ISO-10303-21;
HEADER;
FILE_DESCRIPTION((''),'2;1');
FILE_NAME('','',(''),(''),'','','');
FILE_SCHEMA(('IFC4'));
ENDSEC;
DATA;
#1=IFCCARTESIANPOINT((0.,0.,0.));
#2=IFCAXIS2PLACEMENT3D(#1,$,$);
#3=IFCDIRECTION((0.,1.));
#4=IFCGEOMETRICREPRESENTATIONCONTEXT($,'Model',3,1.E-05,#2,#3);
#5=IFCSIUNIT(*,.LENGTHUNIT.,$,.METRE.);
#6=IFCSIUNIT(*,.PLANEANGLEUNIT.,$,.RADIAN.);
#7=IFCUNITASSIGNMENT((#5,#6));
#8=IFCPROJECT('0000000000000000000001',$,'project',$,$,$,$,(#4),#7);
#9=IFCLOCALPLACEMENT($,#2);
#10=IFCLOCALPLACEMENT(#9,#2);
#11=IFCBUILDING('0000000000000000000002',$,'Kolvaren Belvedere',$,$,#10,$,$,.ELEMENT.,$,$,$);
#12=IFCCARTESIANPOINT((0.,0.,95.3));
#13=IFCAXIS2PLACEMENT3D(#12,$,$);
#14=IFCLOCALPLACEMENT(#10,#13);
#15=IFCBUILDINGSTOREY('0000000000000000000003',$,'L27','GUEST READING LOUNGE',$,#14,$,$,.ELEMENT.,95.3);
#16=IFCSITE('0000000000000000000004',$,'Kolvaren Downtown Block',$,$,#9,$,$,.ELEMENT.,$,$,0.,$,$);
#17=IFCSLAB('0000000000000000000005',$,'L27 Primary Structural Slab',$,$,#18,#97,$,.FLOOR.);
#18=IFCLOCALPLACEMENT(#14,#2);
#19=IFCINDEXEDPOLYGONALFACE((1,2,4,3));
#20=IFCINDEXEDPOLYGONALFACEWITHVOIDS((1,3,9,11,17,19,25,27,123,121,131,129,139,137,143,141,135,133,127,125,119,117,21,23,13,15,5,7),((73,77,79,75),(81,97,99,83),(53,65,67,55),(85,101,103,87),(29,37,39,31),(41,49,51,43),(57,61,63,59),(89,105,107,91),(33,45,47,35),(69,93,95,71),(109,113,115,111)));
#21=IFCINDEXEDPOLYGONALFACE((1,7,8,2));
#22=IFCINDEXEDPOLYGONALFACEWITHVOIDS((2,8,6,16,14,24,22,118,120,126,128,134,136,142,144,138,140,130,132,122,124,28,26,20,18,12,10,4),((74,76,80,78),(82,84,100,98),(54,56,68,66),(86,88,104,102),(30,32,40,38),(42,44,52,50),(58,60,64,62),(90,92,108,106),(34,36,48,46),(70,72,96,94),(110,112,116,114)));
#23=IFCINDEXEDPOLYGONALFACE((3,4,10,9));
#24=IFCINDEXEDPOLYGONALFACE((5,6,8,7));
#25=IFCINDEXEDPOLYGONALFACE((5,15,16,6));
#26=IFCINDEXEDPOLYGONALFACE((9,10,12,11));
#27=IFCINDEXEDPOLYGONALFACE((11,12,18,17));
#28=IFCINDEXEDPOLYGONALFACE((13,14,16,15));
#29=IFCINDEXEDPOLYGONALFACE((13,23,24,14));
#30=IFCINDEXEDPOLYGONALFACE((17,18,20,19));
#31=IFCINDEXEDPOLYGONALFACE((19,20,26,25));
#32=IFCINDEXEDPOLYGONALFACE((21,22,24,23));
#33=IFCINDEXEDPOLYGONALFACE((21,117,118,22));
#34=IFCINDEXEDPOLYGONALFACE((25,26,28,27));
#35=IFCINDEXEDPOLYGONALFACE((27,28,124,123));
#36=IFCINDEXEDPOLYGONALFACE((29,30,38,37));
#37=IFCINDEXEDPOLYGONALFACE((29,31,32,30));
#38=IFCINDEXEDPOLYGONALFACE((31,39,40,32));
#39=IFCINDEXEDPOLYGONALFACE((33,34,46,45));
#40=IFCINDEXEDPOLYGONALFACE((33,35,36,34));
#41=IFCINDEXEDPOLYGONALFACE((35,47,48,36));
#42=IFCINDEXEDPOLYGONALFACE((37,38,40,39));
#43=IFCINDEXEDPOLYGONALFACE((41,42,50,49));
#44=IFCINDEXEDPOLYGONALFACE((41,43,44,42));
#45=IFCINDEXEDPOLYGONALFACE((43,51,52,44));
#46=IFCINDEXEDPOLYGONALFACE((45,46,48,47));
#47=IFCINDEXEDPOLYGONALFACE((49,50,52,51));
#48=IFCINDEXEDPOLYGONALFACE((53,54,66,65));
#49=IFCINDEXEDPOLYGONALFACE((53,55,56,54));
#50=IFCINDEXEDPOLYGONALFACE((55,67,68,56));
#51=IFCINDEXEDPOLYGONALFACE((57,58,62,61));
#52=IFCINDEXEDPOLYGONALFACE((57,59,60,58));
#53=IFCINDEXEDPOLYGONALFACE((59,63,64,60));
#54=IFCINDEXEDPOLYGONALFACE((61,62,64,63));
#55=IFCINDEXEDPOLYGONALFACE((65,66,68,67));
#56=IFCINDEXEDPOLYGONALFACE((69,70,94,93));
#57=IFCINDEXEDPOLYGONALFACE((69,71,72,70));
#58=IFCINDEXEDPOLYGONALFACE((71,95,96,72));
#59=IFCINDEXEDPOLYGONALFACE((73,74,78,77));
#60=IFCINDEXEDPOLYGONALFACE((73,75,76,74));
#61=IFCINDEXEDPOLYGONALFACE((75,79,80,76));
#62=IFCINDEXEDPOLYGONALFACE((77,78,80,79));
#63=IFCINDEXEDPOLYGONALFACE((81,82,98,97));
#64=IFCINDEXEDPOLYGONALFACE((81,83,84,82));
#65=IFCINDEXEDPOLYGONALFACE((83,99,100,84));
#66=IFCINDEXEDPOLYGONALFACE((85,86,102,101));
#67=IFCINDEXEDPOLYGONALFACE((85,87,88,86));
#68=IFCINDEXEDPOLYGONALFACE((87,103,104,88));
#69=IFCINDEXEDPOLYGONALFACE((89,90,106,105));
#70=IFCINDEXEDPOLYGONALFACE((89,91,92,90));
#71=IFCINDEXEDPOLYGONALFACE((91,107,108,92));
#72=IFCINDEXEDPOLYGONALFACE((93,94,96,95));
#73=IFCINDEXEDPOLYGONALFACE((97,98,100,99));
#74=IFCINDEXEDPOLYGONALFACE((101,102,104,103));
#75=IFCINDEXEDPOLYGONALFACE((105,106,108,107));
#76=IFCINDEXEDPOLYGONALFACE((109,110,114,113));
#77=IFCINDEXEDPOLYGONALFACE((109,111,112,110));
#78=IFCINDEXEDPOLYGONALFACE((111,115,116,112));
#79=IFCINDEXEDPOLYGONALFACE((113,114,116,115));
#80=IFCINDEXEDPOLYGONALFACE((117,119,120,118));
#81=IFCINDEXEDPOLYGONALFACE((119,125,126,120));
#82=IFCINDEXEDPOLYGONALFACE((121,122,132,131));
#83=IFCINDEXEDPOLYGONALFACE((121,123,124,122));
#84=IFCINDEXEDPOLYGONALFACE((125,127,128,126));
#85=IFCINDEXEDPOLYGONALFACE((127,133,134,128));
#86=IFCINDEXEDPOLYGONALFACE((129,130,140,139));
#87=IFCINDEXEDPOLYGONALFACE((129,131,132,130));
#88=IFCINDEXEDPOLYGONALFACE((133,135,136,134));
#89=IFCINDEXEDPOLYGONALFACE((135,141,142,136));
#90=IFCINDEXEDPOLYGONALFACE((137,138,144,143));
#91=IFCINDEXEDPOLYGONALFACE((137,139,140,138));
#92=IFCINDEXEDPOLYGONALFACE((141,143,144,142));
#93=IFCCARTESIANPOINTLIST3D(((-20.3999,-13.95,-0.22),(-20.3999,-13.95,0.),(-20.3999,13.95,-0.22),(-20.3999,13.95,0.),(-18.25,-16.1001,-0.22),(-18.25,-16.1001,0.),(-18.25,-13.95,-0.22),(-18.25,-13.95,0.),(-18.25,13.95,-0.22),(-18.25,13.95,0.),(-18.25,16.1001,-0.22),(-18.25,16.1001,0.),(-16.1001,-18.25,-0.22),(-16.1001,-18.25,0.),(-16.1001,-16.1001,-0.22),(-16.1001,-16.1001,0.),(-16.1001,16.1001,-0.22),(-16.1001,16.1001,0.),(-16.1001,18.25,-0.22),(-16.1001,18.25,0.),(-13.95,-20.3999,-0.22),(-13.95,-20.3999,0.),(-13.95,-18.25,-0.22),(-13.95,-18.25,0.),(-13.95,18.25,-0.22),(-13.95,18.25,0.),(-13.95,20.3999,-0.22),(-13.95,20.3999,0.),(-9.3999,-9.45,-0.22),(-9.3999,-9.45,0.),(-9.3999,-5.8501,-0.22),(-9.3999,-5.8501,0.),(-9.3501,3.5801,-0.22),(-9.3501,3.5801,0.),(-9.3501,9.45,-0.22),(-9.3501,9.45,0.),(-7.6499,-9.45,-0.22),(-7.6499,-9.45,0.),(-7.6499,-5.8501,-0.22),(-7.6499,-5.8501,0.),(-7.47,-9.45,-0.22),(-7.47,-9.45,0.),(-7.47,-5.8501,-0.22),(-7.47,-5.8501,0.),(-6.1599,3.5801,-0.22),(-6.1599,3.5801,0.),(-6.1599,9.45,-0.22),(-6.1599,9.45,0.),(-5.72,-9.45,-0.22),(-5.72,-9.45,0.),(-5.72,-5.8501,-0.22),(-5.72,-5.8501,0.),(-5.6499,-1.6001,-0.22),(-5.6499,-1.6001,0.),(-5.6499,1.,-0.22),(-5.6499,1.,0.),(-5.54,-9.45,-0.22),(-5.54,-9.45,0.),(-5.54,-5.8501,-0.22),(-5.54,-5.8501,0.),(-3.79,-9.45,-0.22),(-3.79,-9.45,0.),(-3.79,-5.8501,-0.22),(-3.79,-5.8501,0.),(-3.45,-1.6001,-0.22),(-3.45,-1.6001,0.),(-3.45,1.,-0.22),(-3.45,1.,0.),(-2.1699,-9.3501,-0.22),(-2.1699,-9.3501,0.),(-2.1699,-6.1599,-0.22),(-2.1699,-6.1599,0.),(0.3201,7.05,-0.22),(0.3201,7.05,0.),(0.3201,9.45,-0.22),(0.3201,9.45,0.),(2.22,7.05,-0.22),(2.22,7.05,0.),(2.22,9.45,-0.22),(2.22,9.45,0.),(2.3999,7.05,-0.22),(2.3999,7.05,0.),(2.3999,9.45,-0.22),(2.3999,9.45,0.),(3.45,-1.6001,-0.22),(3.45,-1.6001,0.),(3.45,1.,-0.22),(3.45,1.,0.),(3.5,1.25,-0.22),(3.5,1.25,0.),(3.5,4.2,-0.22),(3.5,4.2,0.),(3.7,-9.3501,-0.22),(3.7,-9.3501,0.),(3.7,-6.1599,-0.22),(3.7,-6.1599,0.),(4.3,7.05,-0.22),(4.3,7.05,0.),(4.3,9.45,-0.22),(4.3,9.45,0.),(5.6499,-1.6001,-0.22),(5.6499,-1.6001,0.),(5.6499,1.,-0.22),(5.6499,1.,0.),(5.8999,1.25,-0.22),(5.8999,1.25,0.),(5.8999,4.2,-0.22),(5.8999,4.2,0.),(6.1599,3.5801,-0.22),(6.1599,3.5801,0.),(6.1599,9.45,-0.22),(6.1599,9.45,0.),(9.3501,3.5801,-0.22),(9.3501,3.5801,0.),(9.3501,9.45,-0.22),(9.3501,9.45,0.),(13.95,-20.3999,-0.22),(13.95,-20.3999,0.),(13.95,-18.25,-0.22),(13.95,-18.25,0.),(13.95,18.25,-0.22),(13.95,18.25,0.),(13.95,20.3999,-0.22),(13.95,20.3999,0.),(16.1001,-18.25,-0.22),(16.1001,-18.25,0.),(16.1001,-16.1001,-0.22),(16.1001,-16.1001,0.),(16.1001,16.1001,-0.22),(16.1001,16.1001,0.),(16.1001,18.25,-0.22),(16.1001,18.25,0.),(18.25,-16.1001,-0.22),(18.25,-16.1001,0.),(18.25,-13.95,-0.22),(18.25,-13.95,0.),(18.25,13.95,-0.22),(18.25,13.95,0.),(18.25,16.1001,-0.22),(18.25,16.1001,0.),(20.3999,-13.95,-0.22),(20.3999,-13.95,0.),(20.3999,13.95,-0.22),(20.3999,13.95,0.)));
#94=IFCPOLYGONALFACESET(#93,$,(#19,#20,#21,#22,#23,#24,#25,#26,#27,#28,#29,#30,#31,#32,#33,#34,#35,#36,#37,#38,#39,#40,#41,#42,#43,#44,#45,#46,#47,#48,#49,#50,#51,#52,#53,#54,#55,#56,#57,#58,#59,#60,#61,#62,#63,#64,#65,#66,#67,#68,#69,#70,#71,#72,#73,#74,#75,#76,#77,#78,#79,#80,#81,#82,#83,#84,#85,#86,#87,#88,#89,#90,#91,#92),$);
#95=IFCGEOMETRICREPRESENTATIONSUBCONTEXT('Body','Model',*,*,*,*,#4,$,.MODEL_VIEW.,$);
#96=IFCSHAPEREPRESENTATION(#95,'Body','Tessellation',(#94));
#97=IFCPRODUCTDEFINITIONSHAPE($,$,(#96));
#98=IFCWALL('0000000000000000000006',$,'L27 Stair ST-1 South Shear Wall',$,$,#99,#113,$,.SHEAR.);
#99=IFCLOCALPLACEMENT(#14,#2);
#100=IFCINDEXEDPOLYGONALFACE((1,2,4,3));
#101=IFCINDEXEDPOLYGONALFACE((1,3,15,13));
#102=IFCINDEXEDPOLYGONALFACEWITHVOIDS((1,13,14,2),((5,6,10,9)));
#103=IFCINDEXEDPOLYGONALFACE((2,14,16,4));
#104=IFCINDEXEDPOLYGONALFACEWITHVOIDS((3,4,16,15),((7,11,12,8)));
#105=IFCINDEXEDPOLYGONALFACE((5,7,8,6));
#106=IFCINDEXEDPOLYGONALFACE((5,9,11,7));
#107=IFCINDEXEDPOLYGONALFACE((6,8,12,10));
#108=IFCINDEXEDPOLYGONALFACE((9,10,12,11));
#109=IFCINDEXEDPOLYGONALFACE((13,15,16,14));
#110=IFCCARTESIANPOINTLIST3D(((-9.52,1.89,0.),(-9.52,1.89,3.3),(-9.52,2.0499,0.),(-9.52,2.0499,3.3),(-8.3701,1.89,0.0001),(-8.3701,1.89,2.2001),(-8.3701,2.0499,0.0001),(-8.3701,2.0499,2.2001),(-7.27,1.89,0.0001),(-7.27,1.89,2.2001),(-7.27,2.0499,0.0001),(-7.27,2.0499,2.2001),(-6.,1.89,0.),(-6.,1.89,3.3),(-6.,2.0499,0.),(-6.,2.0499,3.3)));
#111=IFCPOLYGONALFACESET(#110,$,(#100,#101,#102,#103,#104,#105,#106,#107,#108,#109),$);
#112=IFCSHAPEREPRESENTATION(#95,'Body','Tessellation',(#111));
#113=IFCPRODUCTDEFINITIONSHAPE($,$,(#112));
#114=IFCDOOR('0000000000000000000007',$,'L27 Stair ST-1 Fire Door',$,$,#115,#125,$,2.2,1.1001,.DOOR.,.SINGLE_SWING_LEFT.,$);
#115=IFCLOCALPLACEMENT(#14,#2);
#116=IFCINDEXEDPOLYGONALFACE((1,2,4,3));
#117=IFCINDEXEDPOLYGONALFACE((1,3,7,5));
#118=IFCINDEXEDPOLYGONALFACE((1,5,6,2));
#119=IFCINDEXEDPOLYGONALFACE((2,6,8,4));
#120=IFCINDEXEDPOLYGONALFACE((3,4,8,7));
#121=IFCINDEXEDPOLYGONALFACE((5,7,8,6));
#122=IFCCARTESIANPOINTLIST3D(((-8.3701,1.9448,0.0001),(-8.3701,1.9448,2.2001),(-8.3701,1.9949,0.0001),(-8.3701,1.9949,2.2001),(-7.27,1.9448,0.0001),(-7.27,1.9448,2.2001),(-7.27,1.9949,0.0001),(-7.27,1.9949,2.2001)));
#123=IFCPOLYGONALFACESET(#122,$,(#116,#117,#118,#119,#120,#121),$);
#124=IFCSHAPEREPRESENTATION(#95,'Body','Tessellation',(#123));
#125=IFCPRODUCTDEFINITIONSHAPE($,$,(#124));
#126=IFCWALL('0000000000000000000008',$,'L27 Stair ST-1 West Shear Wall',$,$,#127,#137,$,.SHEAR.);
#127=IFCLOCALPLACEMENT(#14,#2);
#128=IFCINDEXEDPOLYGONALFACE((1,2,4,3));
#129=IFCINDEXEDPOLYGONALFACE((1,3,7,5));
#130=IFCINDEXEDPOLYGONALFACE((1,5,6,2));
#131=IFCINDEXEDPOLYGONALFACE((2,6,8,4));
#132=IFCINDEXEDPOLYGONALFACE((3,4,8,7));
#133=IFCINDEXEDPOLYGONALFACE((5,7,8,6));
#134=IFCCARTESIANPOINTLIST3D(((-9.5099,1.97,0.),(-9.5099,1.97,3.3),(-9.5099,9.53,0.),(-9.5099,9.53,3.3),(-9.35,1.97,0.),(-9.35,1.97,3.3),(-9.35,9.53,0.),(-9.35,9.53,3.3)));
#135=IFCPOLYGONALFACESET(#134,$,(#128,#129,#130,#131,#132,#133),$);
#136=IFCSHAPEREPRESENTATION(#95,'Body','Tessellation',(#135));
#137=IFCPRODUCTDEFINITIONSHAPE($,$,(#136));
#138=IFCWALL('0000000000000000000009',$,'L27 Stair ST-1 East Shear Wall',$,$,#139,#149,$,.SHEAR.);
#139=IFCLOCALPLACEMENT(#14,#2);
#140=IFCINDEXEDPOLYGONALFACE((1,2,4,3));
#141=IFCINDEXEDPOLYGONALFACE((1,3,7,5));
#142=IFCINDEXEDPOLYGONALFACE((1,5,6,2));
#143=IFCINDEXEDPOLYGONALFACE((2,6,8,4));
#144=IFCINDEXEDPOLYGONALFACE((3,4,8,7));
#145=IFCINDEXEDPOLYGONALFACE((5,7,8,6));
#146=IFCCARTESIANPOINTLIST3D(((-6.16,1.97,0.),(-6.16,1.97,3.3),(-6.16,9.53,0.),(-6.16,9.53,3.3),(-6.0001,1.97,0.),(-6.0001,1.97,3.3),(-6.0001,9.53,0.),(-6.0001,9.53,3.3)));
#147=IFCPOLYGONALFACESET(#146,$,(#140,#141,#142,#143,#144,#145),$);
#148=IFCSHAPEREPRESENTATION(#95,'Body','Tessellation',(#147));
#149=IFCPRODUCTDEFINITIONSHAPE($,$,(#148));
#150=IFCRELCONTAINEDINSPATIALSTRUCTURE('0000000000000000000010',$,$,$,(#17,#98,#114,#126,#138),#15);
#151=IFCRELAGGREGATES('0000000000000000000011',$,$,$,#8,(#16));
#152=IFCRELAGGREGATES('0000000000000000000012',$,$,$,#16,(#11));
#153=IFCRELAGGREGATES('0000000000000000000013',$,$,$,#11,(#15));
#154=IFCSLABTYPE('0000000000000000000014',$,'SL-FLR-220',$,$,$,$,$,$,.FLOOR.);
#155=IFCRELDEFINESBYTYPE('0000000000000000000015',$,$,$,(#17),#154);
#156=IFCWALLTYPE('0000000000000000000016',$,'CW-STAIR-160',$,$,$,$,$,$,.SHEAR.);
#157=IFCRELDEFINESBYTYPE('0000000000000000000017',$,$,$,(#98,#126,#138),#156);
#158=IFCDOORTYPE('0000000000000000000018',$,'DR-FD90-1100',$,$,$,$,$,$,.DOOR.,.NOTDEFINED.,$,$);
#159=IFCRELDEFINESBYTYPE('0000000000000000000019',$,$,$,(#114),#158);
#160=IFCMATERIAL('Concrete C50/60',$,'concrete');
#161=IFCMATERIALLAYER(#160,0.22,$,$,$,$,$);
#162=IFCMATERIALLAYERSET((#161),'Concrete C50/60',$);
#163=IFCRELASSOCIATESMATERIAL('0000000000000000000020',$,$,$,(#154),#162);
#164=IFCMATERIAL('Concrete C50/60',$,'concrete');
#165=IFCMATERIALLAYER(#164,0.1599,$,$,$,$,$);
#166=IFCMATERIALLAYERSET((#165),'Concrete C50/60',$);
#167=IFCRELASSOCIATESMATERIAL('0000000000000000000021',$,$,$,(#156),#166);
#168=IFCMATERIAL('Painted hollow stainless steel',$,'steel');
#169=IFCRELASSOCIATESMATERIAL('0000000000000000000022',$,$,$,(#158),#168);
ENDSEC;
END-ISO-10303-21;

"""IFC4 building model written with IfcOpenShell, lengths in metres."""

from ifc_helpers import new_model, si_unit, direction, frame, frame_2d, origin, place, context, subcontext, project, spatial, polyline, rectangle, outline, extrude, material, layer, layer_set, type_object, element, fill, save


model = new_model("IFC4")

# Units and contexts
model_context = context("Model", 3, precision=1e-05, world=origin(), true_north=direction((0.0, 1.0)))
body_context = subcontext(model_context, "Body", "Model", "MODEL_VIEW")
ifc_project = project(units=[si_unit("LENGTHUNIT", "METRE"), si_unit("PLANEANGLEUNIT", "RADIAN")], contexts=[model_context])

# Site, building, storey
site_placement = place(None, origin())
site = spatial("IfcSite", under=ifc_project, at=site_placement, Name="Kolvaren Downtown Block", CompositionType="ELEMENT", RefElevation=0.0)
building_placement = place(site_placement, origin())
building = spatial("IfcBuilding", under=site, at=building_placement, Name="Kolvaren Belvedere", CompositionType="ELEMENT")
storey_placement = place(building_placement, frame((0.0, 0.0, 95.3)))
storey = spatial("IfcBuildingStorey", under=building, at=storey_placement, Name="L27", Description="GUEST READING LOUNGE", CompositionType="ELEMENT", Elevation=95.3)

# Slab
ifc_material_1 = material(Name="Concrete C50/60", Category="concrete")
ifc_layer_1 = layer(ifc_material_1, 0.22)
ifc_layer_set_1 = layer_set([ifc_layer_1], Name="Concrete C50/60")
slab_type_1 = type_object("IfcSlabType", Name="SL-FLR-220", PredefinedType="FLOOR", material=ifc_layer_set_1)
slab_1_placement = place(storey_placement, frame((0.0, 0.0, -0.22)))
element("IfcSlab", 1, at=slab_1_placement, inside=storey, type_object=slab_type_1, Name="L27 Primary Structural Slab", PredefinedType="FLOOR", context=body_context, shape_type="SweptSolid", body=[
    extrude(outline(polyline([(-13.95, -20.3999), (13.95, -20.3999), (13.95, -18.25), (16.1001, -18.25), (16.1001, -16.1001), (18.25, -16.1001), (18.25, -13.95), (20.3999, -13.95), (20.3999, 13.95), (18.25, 13.95), (18.25, 16.1001), (16.1001, 16.1001), (16.1001, 18.25), (13.95, 18.25), (13.95, 20.3999), (-13.95, 20.3999), (-13.95, 18.25), (-16.1001, 18.25), (-16.1001, 16.1001), (-18.25, 16.1001), (-18.25, 13.95), (-20.3999, 13.95), (-20.3999, -13.95), (-18.25, -13.95), (-18.25, -16.1001), (-16.1001, -16.1001), (-16.1001, -18.25), (-13.95, -18.25), (-13.95, -20.3999)]), holes=[polyline([(-9.3501, 3.5801), (-6.1599, 3.5801), (-6.1599, 9.45), (-9.3501, 9.45), (-9.3501, 3.5801)]), polyline([(6.1599, 3.5801), (9.3501, 3.5801), (9.3501, 9.45), (6.1599, 9.45), (6.1599, 3.5801)]), polyline([(-2.1699, -9.3501), (3.7, -9.3501), (3.7, -6.1599), (-2.1699, -6.1599), (-2.1699, -9.3501)]), polyline([(-5.6499, -1.6001), (-3.45, -1.6001), (-3.45, 1.0), (-5.6499, 1.0), (-5.6499, -1.6001)]), polyline([(3.5, 1.25), (5.8999, 1.25), (5.8999, 4.2), (3.5, 4.2), (3.5, 1.25)]), polyline([(3.45, -1.6001), (5.6499, -1.6001), (5.6499, 1.0), (3.45, 1.0), (3.45, -1.6001)]), polyline([(-9.3999, -9.45), (-7.6499, -9.45), (-7.6499, -5.8501), (-9.3999, -5.8501), (-9.3999, -9.45)]), polyline([(-7.47, -9.45), (-5.72, -9.45), (-5.72, -5.8501), (-7.47, -5.8501), (-7.47, -9.45)]), polyline([(-5.54, -9.45), (-3.79, -9.45), (-3.79, -5.8501), (-5.54, -5.8501), (-5.54, -9.45)]), polyline([(0.3201, 7.05), (2.22, 7.05), (2.22, 9.45), (0.3201, 9.45), (0.3201, 7.05)]), polyline([(2.3999, 7.05), (4.3, 7.05), (4.3, 9.45), (2.3999, 9.45), (2.3999, 7.05)])]), origin(), (0.0, 0.0, 1.0), 0.22),
])

# Wall, opening, door
ifc_material_2 = material(Name="Concrete C50/60", Category="concrete")
ifc_layer_2 = layer(ifc_material_2, 0.1599)
ifc_layer_set_2 = layer_set([ifc_layer_2], Name="Concrete C50/60")
wall_type_1 = type_object("IfcWallType", Name="CW-STAIR-160", PredefinedType="SHEAR", material=ifc_layer_set_2)
wall_1_placement = place(storey_placement, frame((-9.52, 1.97, 0.0), z_axis=(0.0, 0.0, 1.0), x_axis=(1.0, 0.0, 0.0)))
wall_1 = element("IfcWall", 2, at=wall_1_placement, inside=storey, type_object=wall_type_1, Name="L27 Stair ST-1 South Shear Wall", PredefinedType="SHEAR", context=body_context, shape_type="SweptSolid", body=[
    extrude(rectangle(XDim=3.52, YDim=0.1599, at=frame_2d((1.76, 0.0))), origin(), (0.0, 0.0, 1.0), 3.3),
])
opening_1_placement = place(wall_1_placement, frame((1.1499, 0.0, 0.0)))
opening_1 = element("IfcOpeningElement", 3, at=opening_1_placement, cuts=wall_1, PredefinedType="OPENING", context=body_context, shape_type="SweptSolid", body=[
    extrude(rectangle(XDim=1.1001, YDim=2.2, at=frame_2d((0.55, 1.1001))), frame((0.0, 0.0898, 0.0), z_axis=(0.0, -1.0, 0.0), x_axis=(1.0, 0.0, 0.0)), (0.0, 0.0, 1.0), 0.1799),
])
ifc_material_3 = material(Name="Painted hollow stainless steel", Category="steel")
door_type_1 = type_object("IfcDoorType", Name="DR-FD90-1100", OperationType="NOTDEFINED", PredefinedType="DOOR", material=ifc_material_3)
door_1_placement = place(opening_1_placement, origin())
door_1 = element("IfcDoor", 4, at=door_1_placement, inside=storey, type_object=door_type_1, Name="L27 Stair ST-1 Fire Door", OperationType="SINGLE_SWING_LEFT", OverallHeight=2.2, OverallWidth=1.1001, PredefinedType="DOOR", context=body_context, shape_type="SweptSolid", body=[
    extrude(rectangle(XDim=1.1001, YDim=2.2, at=frame_2d((0.55, 1.1001))), frame((0.0, 0.0249, 0.0), z_axis=(0.0, -1.0, 0.0), x_axis=(1.0, 0.0, 0.0)), (0.0, 0.0, 1.0), 0.05),
])
fill(opening_1, door_1)

# Walls
for number, where, z_axis, x_axis, name in (
    (5, (-9.4299, 1.97, 0.0), (0.0, 0.0, 1.0), (0.0, 1.0, 0.0), "L27 Stair ST-1 West Shear Wall"),
    (6, (-6.0801, 1.97, 0.0), (0.0, 0.0, 1.0), (0.0, 1.0, 0.0), "L27 Stair ST-1 East Shear Wall"),
):
    element("IfcWall", number, at=place(storey_placement, frame(where, z_axis=z_axis, x_axis=x_axis)), inside=storey, type_object=wall_type_1, Name=name, PredefinedType="SHEAR", context=body_context, shape_type="SweptSolid", body=[
        extrude(rectangle(XDim=7.5601, YDim=0.1599, at=frame_2d((3.78, 0.0))), origin(), (0.0, 0.0, 1.0), 3.3),
    ])

save(model, "model.ifc")
